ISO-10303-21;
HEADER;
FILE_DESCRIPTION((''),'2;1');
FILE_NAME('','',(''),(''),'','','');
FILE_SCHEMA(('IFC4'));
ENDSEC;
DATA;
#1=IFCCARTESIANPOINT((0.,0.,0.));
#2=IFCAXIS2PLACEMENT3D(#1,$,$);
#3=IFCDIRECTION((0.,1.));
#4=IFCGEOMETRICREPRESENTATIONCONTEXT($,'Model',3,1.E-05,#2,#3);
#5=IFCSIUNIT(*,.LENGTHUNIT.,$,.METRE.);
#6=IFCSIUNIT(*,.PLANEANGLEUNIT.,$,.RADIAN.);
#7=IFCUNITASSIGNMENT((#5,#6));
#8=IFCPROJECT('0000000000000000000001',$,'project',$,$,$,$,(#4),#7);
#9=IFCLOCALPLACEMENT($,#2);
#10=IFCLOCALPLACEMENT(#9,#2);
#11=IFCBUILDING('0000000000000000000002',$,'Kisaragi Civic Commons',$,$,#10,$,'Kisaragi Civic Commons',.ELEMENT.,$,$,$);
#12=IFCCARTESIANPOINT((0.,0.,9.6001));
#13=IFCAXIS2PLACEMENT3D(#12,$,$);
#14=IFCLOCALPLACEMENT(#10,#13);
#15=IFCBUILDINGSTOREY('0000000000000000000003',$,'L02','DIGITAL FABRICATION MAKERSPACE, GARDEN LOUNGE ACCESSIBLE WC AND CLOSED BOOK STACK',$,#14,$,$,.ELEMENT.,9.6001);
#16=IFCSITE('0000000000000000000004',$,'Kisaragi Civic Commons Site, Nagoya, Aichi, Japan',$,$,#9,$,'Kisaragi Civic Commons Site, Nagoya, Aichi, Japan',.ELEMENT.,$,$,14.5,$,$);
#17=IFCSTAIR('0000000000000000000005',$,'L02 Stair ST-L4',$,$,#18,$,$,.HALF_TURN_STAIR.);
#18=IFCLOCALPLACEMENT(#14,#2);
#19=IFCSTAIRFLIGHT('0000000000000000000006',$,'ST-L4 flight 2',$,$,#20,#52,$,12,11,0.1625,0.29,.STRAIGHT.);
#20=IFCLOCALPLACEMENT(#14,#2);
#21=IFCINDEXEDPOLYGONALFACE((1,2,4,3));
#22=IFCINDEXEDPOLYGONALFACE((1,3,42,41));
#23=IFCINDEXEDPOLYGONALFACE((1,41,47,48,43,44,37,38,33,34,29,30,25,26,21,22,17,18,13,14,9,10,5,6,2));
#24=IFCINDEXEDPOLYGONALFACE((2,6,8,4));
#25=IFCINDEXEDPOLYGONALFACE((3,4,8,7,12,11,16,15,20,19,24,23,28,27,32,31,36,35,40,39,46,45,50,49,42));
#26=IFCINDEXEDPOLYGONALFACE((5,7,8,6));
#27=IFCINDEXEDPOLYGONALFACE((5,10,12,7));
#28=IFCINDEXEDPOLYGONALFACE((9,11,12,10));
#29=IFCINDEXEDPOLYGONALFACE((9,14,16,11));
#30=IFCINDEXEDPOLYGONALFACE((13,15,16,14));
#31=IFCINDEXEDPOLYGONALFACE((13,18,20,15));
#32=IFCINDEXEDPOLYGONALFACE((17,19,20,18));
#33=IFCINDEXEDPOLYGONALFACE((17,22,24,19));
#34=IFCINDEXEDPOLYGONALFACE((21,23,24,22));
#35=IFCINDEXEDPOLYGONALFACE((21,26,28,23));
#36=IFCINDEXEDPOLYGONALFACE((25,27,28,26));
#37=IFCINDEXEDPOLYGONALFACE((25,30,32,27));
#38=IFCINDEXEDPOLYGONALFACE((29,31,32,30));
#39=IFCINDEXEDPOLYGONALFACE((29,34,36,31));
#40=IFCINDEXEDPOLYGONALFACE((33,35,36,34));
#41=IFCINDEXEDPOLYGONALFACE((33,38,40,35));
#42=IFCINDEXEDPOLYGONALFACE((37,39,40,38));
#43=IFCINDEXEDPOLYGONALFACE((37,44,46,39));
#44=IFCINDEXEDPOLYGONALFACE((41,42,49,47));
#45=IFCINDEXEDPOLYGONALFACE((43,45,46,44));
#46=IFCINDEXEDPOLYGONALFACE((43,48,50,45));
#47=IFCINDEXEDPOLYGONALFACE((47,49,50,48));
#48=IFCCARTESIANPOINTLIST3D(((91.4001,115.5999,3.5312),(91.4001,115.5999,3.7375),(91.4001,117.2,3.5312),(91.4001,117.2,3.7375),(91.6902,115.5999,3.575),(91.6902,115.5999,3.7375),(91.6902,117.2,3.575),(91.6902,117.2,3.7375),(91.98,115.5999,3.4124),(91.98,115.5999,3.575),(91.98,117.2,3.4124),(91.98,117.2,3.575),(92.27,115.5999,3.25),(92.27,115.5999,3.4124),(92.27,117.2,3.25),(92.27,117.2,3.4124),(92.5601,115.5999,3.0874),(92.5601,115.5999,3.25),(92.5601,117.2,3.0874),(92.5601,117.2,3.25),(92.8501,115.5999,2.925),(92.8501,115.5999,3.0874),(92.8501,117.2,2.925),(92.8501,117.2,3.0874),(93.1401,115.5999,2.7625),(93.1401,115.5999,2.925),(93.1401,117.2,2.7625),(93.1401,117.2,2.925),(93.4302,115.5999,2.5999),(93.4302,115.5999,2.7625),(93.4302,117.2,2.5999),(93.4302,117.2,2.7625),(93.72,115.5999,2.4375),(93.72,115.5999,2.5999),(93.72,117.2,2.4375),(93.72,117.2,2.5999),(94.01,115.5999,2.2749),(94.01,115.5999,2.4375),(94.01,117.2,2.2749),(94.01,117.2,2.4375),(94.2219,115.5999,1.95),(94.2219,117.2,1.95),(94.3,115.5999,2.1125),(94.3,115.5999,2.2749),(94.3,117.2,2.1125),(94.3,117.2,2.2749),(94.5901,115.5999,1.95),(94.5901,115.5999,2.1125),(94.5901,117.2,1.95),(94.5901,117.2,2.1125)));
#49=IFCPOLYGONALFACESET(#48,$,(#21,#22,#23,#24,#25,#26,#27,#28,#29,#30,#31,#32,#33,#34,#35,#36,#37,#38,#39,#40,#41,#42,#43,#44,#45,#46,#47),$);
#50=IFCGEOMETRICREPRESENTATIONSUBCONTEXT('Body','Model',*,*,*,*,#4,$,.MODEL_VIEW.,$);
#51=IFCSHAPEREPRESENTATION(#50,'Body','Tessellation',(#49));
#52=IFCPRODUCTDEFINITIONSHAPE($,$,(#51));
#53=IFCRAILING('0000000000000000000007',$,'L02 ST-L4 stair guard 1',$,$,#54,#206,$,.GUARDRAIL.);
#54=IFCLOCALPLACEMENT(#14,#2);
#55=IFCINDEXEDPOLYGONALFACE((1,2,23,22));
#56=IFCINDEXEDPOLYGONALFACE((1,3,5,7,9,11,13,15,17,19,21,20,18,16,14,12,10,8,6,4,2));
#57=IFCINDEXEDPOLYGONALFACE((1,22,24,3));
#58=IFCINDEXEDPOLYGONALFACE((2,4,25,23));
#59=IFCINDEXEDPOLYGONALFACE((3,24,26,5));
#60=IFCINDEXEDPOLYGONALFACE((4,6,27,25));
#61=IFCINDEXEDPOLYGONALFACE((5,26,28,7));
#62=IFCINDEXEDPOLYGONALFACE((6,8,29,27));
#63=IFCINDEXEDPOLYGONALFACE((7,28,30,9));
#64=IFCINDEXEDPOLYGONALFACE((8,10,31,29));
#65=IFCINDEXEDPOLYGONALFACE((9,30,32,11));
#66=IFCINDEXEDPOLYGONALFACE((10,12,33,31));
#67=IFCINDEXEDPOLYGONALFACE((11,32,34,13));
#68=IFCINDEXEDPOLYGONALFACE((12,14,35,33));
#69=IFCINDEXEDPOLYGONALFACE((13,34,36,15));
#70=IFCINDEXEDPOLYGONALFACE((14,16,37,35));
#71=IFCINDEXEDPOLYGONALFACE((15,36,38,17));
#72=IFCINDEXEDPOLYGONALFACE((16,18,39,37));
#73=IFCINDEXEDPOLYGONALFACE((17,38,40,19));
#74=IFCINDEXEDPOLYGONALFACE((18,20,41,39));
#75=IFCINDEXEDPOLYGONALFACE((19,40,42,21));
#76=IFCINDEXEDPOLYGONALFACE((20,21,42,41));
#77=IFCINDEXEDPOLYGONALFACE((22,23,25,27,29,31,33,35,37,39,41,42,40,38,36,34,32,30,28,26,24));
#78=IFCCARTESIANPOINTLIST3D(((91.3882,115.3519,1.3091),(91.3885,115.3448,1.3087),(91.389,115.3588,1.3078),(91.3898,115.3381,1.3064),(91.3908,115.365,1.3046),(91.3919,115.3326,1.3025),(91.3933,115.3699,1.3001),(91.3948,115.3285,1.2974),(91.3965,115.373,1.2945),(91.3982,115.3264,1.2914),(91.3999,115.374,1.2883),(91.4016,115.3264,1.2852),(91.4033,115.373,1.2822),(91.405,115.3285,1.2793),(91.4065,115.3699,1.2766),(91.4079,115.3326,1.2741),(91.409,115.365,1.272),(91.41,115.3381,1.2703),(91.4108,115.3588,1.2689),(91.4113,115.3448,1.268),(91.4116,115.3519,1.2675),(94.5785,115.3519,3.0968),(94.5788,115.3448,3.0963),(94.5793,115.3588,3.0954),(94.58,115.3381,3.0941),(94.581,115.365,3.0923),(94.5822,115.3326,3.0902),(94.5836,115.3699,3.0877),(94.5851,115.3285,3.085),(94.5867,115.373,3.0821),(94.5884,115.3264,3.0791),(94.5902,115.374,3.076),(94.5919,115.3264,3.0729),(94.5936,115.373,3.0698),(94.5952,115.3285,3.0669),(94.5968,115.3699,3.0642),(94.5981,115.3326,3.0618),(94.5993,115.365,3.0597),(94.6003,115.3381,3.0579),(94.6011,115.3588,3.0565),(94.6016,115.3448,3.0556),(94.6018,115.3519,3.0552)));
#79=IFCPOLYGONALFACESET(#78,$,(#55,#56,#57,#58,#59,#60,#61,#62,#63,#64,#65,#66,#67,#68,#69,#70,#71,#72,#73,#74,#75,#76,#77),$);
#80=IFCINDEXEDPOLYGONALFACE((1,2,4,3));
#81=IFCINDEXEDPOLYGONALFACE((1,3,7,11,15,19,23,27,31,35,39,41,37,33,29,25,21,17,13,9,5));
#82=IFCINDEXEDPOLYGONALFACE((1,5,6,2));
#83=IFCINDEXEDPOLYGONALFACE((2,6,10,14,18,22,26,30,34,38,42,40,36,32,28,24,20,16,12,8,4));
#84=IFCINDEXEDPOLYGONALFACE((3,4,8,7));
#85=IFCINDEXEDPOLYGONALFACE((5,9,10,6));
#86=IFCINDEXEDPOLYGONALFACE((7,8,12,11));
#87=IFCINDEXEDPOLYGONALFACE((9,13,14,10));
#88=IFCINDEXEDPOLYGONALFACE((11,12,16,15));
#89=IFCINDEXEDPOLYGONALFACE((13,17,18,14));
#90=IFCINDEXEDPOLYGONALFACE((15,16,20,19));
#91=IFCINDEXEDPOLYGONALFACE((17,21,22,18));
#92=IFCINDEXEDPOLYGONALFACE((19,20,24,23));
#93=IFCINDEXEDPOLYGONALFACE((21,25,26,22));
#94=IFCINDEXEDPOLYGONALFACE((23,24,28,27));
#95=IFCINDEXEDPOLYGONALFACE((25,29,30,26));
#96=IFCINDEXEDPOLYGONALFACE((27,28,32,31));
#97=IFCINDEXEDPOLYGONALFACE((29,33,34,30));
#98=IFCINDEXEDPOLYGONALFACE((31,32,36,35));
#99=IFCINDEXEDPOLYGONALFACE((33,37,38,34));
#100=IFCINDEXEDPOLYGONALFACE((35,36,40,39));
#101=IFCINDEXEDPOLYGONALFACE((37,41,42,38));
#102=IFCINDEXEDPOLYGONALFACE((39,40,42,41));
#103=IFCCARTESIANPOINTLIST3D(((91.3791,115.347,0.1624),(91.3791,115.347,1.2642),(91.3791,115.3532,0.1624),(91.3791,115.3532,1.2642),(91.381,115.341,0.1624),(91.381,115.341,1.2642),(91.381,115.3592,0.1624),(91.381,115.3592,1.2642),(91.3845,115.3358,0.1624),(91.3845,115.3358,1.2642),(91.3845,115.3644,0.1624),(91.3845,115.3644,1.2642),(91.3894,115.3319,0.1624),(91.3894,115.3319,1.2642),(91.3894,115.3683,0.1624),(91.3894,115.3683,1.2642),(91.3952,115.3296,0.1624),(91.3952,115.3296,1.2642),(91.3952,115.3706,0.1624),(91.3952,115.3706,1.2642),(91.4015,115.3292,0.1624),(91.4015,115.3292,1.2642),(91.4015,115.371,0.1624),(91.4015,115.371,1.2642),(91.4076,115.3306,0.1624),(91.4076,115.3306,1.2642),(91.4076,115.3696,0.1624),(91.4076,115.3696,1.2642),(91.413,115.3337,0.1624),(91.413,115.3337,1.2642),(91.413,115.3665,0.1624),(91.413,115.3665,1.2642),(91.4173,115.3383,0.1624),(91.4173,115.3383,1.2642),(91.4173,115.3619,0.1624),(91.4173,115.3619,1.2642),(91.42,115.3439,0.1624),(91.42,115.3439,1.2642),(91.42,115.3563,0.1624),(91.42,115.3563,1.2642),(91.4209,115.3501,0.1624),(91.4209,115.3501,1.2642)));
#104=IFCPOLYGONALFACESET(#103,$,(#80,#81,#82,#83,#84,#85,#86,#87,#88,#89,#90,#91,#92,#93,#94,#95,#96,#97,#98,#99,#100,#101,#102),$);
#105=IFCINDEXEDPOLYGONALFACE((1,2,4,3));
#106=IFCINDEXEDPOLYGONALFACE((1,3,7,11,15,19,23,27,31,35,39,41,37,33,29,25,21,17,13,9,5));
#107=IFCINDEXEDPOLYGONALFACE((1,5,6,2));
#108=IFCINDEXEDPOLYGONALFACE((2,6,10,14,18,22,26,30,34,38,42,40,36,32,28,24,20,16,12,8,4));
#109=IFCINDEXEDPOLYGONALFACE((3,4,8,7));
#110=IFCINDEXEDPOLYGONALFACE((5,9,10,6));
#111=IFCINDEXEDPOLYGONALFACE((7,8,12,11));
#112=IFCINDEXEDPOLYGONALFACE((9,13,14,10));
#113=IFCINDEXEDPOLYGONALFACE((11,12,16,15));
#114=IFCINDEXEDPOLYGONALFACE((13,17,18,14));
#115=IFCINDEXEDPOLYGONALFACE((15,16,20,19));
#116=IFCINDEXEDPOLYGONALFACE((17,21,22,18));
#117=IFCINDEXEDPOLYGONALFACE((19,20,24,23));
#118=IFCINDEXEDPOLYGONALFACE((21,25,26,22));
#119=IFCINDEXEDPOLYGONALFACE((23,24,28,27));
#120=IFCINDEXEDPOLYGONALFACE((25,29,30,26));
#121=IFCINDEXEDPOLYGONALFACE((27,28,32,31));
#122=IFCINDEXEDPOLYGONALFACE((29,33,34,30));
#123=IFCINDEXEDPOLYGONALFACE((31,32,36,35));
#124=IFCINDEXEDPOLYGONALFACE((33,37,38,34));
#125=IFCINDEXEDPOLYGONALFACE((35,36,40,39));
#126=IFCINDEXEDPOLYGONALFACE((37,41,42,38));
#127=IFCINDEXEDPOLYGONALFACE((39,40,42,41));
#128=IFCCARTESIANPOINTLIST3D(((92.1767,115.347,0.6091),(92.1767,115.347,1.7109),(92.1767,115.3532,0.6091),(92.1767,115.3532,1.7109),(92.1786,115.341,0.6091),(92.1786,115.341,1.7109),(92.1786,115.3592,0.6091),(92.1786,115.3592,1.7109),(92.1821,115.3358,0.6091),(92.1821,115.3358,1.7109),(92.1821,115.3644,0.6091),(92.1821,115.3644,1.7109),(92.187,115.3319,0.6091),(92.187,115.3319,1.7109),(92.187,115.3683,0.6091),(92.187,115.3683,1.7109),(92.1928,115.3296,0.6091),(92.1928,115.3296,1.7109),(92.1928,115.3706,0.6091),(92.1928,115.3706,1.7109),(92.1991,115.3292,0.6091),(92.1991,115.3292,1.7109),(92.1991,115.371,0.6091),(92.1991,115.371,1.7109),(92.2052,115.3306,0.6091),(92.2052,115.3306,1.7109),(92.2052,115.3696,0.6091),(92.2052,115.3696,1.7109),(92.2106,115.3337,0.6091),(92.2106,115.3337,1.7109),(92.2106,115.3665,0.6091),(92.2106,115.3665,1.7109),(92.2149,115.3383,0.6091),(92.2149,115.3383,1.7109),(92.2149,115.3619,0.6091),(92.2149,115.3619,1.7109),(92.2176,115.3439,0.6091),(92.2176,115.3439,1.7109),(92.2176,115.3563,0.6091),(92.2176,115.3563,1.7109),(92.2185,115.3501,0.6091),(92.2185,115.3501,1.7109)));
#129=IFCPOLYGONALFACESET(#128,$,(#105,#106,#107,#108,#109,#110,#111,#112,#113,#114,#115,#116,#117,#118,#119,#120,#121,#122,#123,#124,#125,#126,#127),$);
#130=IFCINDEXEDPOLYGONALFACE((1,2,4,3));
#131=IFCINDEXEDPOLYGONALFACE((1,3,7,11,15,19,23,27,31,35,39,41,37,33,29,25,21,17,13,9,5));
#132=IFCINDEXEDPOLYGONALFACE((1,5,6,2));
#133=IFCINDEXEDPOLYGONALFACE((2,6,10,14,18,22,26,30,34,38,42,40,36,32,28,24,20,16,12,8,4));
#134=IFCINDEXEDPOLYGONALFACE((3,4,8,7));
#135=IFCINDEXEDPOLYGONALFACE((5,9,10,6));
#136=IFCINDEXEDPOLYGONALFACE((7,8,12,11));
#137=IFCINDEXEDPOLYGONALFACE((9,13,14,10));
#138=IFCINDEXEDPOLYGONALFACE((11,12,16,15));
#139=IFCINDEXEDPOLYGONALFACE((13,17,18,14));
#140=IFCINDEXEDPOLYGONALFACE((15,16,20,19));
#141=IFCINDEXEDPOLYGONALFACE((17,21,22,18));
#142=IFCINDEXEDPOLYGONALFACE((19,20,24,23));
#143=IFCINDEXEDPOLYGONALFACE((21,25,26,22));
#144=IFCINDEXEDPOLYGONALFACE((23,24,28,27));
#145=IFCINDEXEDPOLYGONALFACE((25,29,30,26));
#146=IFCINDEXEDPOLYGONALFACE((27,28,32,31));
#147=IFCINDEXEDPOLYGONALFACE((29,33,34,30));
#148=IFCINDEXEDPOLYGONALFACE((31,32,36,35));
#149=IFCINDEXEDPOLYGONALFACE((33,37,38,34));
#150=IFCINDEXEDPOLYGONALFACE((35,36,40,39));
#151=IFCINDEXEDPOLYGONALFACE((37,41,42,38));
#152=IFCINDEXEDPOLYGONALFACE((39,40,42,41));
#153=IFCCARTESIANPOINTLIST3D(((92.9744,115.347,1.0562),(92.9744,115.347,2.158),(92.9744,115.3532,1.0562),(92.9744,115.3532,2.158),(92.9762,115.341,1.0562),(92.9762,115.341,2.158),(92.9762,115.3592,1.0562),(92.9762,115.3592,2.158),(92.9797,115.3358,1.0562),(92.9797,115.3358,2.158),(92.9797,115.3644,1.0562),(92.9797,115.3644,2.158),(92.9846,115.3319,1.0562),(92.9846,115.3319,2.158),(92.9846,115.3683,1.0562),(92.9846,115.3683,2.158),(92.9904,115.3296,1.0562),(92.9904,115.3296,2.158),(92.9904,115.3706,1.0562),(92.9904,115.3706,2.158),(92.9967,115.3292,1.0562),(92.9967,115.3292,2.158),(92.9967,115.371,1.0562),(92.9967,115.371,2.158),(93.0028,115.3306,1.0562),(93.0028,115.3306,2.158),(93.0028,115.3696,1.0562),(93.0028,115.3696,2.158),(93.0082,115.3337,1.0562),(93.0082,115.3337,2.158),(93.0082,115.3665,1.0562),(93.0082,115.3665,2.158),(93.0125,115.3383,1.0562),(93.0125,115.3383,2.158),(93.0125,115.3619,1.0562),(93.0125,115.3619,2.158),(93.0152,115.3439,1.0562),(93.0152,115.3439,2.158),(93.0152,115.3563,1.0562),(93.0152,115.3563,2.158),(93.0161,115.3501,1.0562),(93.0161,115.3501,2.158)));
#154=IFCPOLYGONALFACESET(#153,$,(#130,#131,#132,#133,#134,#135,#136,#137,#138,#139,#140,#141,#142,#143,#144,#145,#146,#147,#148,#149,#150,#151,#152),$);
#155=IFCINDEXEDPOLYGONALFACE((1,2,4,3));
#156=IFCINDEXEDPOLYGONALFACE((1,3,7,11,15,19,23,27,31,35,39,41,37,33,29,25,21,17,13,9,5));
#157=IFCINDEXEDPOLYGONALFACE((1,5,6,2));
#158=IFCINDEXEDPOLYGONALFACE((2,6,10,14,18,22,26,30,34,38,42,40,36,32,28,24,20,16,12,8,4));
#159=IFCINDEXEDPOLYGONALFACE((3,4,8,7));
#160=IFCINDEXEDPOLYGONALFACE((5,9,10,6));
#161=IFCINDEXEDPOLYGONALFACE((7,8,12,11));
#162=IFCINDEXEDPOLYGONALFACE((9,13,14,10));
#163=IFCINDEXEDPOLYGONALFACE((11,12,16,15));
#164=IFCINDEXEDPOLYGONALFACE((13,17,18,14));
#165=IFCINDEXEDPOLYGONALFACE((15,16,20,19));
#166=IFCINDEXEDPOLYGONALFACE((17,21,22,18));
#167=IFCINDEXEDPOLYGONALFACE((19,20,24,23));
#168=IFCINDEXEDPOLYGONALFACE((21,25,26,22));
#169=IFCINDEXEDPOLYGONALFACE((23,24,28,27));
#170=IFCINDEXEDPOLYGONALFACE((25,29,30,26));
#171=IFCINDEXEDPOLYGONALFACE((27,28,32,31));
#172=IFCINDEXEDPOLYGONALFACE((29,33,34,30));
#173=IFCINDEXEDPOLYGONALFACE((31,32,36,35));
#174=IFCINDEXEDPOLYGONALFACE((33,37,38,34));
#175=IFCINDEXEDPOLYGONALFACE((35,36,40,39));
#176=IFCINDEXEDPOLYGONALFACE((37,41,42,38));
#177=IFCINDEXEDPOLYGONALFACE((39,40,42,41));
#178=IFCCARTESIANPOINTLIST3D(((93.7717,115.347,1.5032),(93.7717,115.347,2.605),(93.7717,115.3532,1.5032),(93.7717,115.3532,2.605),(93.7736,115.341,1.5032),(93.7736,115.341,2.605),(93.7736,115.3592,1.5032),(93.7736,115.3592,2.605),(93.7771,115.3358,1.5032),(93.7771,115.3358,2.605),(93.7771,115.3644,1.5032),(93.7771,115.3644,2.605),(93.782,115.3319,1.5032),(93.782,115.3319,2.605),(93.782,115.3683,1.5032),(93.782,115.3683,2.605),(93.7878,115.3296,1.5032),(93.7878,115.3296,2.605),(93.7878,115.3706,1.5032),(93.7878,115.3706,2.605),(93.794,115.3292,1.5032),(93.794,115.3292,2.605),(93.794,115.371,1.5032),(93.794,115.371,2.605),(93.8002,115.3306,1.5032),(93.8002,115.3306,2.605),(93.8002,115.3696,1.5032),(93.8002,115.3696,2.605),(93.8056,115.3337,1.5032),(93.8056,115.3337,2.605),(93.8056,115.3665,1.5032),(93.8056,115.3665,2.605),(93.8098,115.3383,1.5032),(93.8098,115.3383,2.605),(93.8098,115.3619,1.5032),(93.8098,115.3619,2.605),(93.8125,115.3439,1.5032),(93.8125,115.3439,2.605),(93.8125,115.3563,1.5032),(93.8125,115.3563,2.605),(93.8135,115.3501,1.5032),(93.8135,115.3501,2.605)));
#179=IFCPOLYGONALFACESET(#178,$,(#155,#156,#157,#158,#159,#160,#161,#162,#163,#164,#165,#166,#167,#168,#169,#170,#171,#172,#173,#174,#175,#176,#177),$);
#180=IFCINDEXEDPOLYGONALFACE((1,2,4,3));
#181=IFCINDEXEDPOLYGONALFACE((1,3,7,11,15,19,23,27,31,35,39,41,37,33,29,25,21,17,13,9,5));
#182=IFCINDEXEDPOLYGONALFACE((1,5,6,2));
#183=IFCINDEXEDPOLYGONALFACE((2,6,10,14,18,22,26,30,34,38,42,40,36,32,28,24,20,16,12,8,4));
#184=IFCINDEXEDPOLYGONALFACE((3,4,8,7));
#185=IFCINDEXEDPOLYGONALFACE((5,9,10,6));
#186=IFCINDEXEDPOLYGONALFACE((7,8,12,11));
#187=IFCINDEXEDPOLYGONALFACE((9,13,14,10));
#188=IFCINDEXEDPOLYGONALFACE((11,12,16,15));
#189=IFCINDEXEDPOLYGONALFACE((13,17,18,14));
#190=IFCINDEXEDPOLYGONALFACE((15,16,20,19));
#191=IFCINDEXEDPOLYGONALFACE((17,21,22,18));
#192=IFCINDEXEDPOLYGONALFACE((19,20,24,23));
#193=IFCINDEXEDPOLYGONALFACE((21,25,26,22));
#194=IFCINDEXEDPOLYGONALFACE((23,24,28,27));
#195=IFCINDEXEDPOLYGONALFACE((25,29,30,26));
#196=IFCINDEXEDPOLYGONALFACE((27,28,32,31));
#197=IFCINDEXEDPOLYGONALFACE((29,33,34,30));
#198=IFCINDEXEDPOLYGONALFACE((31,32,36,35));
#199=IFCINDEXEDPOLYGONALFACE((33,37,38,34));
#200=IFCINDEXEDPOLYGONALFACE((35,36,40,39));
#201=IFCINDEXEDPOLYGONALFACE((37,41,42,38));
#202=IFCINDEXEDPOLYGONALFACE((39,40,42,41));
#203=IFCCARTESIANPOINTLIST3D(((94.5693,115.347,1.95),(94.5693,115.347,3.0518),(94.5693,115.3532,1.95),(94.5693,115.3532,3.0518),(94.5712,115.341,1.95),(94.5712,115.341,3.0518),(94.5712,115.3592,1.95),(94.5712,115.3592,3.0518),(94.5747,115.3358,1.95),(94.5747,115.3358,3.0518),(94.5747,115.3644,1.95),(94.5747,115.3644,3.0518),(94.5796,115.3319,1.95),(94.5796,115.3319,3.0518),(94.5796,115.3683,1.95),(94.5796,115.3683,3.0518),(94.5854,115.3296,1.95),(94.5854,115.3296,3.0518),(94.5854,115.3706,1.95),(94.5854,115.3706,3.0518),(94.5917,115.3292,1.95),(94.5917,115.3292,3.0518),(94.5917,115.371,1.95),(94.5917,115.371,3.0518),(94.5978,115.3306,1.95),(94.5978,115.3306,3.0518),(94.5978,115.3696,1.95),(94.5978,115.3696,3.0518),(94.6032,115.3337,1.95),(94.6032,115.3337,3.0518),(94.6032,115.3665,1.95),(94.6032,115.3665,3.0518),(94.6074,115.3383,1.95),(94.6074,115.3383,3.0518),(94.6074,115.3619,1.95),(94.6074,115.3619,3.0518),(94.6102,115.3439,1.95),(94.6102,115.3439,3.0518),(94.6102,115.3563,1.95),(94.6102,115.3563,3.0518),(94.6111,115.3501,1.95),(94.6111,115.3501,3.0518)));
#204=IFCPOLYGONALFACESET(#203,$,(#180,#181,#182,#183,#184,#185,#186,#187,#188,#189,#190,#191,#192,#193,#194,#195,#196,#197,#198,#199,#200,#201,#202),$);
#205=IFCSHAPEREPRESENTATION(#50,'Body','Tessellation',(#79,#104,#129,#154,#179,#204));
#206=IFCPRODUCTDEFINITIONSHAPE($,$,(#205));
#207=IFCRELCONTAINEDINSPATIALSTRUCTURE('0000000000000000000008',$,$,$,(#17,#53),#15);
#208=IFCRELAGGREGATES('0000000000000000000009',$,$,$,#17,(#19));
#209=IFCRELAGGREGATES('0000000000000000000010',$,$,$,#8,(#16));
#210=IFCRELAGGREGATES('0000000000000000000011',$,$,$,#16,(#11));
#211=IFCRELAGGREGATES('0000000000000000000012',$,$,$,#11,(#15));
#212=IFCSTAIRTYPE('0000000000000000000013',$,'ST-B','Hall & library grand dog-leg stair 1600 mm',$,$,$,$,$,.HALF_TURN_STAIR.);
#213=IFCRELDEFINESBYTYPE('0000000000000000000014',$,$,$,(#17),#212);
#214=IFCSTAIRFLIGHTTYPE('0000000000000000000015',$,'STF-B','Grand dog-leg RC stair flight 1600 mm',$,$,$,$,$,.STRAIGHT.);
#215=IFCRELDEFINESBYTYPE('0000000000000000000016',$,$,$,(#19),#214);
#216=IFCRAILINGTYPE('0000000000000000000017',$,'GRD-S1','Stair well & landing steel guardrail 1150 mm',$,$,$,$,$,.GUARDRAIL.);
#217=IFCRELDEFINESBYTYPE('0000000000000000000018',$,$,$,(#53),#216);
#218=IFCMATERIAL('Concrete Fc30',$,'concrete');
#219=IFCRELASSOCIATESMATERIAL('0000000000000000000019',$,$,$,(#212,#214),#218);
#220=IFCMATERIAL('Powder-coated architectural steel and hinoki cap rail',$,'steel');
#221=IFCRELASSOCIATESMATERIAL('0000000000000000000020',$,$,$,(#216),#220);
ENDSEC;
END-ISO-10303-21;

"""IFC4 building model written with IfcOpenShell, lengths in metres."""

from ifc_helpers import new_model, si_unit, direction, frame, origin, origin_2d, place, context, subcontext, project, spatial, polyline, circle, outline, extrude, material, type_object, element, aggregate, save


model = new_model("IFC4")

# Units and contexts
model_context = context("Model", 3, precision=1e-05, world=origin(), true_north=direction((0.0, 1.0)))
body_context = subcontext(model_context, "Body", "Model", "MODEL_VIEW")
ifc_project = project(units=[si_unit("LENGTHUNIT", "METRE"), si_unit("PLANEANGLEUNIT", "RADIAN")], contexts=[model_context])

# Site, building, storey
site_placement = place(None, origin())
site = spatial("IfcSite", under=ifc_project, at=site_placement, Name="Kisaragi Civic Commons Site, Nagoya, Aichi, Japan", LongName="Kisaragi Civic Commons Site, Nagoya, Aichi, Japan", CompositionType="ELEMENT", RefElevation=14.5)
building_placement = place(site_placement, origin())
building = spatial("IfcBuilding", under=site, at=building_placement, Name="Kisaragi Civic Commons", LongName="Kisaragi Civic Commons", CompositionType="ELEMENT")
storey_placement = place(building_placement, frame((0.0, 0.0, 9.6001)))
storey = spatial("IfcBuildingStorey", under=building, at=storey_placement, Name="L02", Description="DIGITAL FABRICATION MAKERSPACE, GARDEN LOUNGE ACCESSIBLE WC AND CLOSED BOOK STACK", CompositionType="ELEMENT", Elevation=9.6001)

# Shared definitions
ifc_material_1 = material(Name="Concrete Fc30", Category="concrete")

# Stair, stair flight
stair_type = type_object("IfcStairType", Name="ST-B", Description="Hall & library grand dog-leg stair 1600 mm", PredefinedType="HALF_TURN_STAIR", material=ifc_material_1)
stair_placement = place(storey_placement, origin())
stair = element("IfcStair", 1, at=stair_placement, inside=storey, type_object=stair_type, Name="L02 Stair ST-L4", PredefinedType="HALF_TURN_STAIR")
stair_flight_type = type_object("IfcStairFlightType", Name="STF-B", Description="Grand dog-leg RC stair flight 1600 mm", PredefinedType="STRAIGHT", material=ifc_material_1)
stair_flight_1_placement = place(storey_placement, frame((94.5901, 116.3999, 1.95), z_axis=(0.0, 0.0, 1.0), x_axis=(-1.0, 0.0, 0.0)))
stair_flight_1 = element("IfcStairFlight", 2, at=stair_flight_1_placement, type_object=stair_flight_type, Name="ST-L4 flight 2", NumberOfRisers=12, NumberOfTreads=11, PredefinedType="STRAIGHT", RiserHeight=0.1625, TreadLength=0.29, context=body_context, shape_type="SweptSolid", body=[
    extrude(outline(polyline([(0.0, 0.0), (0.0, 0.1626), (0.29, 0.1626), (0.29, 0.325), (0.5801, 0.325), (0.5801, 0.4875), (0.8701, 0.4875), (0.8701, 0.6499), (1.1599, 0.6499), (1.1599, 0.8125), (1.45, 0.8125), (1.45, 0.9751), (1.74, 0.9751), (1.74, 1.1375), (2.03, 1.1375), (2.03, 1.3), (2.3201, 1.3), (2.3201, 1.4624), (2.6101, 1.4624), (2.6101, 1.625), (2.8999, 1.625), (2.8999, 1.7876), (3.1899, 1.7876), (3.1899, 1.95), (3.1899, 1.5813), (0.3682, 0.0), (0.0, 0.0)])), frame((0.0, 0.8, 0.0), z_axis=(0.0, -1.0, 0.0), x_axis=(1.0, 0.0, 0.0)), (0.0, 0.0, 1.0), 1.6001),
])
aggregate(stair, [stair_flight_1])

# Railing
ifc_material_2 = material(Name="Powder-coated architectural steel and hinoki cap rail", Category="steel")
railing_type_1 = type_object("IfcRailingType", Name="GRD-S1", Description="Stair well & landing steel guardrail 1150 mm", PredefinedType="GUARDRAIL", material=ifc_material_2)
railing_1_placement = place(storey_placement, frame((91.3999, 115.3501, 0.1624)))
element("IfcRailing", 3, at=railing_1_placement, inside=storey, type_object=railing_type_1, Name="L02 ST-L4 stair guard 1", PredefinedType="GUARDRAIL", context=body_context, shape_type="SweptSolid", body=[
    extrude(circle(Radius=0.0239, at=origin_2d()), frame((0.0, 0.0, 1.126), z_axis=(0.872378, 0.0, 0.488831), x_axis=(0.0, 1.0, 0.0)), (0.0, 0.0, 1.0), 3.657),
    extrude(circle(Radius=0.021, at=origin_2d()), origin(), (0.0, 0.0, 1.0), 1.1018),
    extrude(circle(Radius=0.021, at=origin_2d()), frame((0.7976, 0.0, 0.4468)), (0.0, 0.0, 1.0), 1.1018),
    extrude(circle(Radius=0.021, at=origin_2d()), frame((1.5952, 0.0, 0.8938)), (0.0, 0.0, 1.0), 1.1018),
    extrude(circle(Radius=0.021, at=origin_2d()), frame((2.3926, 0.0, 1.3408)), (0.0, 0.0, 1.0), 1.1018),
    extrude(circle(Radius=0.021, at=origin_2d()), frame((3.1902, 0.0, 1.7876)), (0.0, 0.0, 1.0), 1.1018),
])

save(model, "model.ifc")
